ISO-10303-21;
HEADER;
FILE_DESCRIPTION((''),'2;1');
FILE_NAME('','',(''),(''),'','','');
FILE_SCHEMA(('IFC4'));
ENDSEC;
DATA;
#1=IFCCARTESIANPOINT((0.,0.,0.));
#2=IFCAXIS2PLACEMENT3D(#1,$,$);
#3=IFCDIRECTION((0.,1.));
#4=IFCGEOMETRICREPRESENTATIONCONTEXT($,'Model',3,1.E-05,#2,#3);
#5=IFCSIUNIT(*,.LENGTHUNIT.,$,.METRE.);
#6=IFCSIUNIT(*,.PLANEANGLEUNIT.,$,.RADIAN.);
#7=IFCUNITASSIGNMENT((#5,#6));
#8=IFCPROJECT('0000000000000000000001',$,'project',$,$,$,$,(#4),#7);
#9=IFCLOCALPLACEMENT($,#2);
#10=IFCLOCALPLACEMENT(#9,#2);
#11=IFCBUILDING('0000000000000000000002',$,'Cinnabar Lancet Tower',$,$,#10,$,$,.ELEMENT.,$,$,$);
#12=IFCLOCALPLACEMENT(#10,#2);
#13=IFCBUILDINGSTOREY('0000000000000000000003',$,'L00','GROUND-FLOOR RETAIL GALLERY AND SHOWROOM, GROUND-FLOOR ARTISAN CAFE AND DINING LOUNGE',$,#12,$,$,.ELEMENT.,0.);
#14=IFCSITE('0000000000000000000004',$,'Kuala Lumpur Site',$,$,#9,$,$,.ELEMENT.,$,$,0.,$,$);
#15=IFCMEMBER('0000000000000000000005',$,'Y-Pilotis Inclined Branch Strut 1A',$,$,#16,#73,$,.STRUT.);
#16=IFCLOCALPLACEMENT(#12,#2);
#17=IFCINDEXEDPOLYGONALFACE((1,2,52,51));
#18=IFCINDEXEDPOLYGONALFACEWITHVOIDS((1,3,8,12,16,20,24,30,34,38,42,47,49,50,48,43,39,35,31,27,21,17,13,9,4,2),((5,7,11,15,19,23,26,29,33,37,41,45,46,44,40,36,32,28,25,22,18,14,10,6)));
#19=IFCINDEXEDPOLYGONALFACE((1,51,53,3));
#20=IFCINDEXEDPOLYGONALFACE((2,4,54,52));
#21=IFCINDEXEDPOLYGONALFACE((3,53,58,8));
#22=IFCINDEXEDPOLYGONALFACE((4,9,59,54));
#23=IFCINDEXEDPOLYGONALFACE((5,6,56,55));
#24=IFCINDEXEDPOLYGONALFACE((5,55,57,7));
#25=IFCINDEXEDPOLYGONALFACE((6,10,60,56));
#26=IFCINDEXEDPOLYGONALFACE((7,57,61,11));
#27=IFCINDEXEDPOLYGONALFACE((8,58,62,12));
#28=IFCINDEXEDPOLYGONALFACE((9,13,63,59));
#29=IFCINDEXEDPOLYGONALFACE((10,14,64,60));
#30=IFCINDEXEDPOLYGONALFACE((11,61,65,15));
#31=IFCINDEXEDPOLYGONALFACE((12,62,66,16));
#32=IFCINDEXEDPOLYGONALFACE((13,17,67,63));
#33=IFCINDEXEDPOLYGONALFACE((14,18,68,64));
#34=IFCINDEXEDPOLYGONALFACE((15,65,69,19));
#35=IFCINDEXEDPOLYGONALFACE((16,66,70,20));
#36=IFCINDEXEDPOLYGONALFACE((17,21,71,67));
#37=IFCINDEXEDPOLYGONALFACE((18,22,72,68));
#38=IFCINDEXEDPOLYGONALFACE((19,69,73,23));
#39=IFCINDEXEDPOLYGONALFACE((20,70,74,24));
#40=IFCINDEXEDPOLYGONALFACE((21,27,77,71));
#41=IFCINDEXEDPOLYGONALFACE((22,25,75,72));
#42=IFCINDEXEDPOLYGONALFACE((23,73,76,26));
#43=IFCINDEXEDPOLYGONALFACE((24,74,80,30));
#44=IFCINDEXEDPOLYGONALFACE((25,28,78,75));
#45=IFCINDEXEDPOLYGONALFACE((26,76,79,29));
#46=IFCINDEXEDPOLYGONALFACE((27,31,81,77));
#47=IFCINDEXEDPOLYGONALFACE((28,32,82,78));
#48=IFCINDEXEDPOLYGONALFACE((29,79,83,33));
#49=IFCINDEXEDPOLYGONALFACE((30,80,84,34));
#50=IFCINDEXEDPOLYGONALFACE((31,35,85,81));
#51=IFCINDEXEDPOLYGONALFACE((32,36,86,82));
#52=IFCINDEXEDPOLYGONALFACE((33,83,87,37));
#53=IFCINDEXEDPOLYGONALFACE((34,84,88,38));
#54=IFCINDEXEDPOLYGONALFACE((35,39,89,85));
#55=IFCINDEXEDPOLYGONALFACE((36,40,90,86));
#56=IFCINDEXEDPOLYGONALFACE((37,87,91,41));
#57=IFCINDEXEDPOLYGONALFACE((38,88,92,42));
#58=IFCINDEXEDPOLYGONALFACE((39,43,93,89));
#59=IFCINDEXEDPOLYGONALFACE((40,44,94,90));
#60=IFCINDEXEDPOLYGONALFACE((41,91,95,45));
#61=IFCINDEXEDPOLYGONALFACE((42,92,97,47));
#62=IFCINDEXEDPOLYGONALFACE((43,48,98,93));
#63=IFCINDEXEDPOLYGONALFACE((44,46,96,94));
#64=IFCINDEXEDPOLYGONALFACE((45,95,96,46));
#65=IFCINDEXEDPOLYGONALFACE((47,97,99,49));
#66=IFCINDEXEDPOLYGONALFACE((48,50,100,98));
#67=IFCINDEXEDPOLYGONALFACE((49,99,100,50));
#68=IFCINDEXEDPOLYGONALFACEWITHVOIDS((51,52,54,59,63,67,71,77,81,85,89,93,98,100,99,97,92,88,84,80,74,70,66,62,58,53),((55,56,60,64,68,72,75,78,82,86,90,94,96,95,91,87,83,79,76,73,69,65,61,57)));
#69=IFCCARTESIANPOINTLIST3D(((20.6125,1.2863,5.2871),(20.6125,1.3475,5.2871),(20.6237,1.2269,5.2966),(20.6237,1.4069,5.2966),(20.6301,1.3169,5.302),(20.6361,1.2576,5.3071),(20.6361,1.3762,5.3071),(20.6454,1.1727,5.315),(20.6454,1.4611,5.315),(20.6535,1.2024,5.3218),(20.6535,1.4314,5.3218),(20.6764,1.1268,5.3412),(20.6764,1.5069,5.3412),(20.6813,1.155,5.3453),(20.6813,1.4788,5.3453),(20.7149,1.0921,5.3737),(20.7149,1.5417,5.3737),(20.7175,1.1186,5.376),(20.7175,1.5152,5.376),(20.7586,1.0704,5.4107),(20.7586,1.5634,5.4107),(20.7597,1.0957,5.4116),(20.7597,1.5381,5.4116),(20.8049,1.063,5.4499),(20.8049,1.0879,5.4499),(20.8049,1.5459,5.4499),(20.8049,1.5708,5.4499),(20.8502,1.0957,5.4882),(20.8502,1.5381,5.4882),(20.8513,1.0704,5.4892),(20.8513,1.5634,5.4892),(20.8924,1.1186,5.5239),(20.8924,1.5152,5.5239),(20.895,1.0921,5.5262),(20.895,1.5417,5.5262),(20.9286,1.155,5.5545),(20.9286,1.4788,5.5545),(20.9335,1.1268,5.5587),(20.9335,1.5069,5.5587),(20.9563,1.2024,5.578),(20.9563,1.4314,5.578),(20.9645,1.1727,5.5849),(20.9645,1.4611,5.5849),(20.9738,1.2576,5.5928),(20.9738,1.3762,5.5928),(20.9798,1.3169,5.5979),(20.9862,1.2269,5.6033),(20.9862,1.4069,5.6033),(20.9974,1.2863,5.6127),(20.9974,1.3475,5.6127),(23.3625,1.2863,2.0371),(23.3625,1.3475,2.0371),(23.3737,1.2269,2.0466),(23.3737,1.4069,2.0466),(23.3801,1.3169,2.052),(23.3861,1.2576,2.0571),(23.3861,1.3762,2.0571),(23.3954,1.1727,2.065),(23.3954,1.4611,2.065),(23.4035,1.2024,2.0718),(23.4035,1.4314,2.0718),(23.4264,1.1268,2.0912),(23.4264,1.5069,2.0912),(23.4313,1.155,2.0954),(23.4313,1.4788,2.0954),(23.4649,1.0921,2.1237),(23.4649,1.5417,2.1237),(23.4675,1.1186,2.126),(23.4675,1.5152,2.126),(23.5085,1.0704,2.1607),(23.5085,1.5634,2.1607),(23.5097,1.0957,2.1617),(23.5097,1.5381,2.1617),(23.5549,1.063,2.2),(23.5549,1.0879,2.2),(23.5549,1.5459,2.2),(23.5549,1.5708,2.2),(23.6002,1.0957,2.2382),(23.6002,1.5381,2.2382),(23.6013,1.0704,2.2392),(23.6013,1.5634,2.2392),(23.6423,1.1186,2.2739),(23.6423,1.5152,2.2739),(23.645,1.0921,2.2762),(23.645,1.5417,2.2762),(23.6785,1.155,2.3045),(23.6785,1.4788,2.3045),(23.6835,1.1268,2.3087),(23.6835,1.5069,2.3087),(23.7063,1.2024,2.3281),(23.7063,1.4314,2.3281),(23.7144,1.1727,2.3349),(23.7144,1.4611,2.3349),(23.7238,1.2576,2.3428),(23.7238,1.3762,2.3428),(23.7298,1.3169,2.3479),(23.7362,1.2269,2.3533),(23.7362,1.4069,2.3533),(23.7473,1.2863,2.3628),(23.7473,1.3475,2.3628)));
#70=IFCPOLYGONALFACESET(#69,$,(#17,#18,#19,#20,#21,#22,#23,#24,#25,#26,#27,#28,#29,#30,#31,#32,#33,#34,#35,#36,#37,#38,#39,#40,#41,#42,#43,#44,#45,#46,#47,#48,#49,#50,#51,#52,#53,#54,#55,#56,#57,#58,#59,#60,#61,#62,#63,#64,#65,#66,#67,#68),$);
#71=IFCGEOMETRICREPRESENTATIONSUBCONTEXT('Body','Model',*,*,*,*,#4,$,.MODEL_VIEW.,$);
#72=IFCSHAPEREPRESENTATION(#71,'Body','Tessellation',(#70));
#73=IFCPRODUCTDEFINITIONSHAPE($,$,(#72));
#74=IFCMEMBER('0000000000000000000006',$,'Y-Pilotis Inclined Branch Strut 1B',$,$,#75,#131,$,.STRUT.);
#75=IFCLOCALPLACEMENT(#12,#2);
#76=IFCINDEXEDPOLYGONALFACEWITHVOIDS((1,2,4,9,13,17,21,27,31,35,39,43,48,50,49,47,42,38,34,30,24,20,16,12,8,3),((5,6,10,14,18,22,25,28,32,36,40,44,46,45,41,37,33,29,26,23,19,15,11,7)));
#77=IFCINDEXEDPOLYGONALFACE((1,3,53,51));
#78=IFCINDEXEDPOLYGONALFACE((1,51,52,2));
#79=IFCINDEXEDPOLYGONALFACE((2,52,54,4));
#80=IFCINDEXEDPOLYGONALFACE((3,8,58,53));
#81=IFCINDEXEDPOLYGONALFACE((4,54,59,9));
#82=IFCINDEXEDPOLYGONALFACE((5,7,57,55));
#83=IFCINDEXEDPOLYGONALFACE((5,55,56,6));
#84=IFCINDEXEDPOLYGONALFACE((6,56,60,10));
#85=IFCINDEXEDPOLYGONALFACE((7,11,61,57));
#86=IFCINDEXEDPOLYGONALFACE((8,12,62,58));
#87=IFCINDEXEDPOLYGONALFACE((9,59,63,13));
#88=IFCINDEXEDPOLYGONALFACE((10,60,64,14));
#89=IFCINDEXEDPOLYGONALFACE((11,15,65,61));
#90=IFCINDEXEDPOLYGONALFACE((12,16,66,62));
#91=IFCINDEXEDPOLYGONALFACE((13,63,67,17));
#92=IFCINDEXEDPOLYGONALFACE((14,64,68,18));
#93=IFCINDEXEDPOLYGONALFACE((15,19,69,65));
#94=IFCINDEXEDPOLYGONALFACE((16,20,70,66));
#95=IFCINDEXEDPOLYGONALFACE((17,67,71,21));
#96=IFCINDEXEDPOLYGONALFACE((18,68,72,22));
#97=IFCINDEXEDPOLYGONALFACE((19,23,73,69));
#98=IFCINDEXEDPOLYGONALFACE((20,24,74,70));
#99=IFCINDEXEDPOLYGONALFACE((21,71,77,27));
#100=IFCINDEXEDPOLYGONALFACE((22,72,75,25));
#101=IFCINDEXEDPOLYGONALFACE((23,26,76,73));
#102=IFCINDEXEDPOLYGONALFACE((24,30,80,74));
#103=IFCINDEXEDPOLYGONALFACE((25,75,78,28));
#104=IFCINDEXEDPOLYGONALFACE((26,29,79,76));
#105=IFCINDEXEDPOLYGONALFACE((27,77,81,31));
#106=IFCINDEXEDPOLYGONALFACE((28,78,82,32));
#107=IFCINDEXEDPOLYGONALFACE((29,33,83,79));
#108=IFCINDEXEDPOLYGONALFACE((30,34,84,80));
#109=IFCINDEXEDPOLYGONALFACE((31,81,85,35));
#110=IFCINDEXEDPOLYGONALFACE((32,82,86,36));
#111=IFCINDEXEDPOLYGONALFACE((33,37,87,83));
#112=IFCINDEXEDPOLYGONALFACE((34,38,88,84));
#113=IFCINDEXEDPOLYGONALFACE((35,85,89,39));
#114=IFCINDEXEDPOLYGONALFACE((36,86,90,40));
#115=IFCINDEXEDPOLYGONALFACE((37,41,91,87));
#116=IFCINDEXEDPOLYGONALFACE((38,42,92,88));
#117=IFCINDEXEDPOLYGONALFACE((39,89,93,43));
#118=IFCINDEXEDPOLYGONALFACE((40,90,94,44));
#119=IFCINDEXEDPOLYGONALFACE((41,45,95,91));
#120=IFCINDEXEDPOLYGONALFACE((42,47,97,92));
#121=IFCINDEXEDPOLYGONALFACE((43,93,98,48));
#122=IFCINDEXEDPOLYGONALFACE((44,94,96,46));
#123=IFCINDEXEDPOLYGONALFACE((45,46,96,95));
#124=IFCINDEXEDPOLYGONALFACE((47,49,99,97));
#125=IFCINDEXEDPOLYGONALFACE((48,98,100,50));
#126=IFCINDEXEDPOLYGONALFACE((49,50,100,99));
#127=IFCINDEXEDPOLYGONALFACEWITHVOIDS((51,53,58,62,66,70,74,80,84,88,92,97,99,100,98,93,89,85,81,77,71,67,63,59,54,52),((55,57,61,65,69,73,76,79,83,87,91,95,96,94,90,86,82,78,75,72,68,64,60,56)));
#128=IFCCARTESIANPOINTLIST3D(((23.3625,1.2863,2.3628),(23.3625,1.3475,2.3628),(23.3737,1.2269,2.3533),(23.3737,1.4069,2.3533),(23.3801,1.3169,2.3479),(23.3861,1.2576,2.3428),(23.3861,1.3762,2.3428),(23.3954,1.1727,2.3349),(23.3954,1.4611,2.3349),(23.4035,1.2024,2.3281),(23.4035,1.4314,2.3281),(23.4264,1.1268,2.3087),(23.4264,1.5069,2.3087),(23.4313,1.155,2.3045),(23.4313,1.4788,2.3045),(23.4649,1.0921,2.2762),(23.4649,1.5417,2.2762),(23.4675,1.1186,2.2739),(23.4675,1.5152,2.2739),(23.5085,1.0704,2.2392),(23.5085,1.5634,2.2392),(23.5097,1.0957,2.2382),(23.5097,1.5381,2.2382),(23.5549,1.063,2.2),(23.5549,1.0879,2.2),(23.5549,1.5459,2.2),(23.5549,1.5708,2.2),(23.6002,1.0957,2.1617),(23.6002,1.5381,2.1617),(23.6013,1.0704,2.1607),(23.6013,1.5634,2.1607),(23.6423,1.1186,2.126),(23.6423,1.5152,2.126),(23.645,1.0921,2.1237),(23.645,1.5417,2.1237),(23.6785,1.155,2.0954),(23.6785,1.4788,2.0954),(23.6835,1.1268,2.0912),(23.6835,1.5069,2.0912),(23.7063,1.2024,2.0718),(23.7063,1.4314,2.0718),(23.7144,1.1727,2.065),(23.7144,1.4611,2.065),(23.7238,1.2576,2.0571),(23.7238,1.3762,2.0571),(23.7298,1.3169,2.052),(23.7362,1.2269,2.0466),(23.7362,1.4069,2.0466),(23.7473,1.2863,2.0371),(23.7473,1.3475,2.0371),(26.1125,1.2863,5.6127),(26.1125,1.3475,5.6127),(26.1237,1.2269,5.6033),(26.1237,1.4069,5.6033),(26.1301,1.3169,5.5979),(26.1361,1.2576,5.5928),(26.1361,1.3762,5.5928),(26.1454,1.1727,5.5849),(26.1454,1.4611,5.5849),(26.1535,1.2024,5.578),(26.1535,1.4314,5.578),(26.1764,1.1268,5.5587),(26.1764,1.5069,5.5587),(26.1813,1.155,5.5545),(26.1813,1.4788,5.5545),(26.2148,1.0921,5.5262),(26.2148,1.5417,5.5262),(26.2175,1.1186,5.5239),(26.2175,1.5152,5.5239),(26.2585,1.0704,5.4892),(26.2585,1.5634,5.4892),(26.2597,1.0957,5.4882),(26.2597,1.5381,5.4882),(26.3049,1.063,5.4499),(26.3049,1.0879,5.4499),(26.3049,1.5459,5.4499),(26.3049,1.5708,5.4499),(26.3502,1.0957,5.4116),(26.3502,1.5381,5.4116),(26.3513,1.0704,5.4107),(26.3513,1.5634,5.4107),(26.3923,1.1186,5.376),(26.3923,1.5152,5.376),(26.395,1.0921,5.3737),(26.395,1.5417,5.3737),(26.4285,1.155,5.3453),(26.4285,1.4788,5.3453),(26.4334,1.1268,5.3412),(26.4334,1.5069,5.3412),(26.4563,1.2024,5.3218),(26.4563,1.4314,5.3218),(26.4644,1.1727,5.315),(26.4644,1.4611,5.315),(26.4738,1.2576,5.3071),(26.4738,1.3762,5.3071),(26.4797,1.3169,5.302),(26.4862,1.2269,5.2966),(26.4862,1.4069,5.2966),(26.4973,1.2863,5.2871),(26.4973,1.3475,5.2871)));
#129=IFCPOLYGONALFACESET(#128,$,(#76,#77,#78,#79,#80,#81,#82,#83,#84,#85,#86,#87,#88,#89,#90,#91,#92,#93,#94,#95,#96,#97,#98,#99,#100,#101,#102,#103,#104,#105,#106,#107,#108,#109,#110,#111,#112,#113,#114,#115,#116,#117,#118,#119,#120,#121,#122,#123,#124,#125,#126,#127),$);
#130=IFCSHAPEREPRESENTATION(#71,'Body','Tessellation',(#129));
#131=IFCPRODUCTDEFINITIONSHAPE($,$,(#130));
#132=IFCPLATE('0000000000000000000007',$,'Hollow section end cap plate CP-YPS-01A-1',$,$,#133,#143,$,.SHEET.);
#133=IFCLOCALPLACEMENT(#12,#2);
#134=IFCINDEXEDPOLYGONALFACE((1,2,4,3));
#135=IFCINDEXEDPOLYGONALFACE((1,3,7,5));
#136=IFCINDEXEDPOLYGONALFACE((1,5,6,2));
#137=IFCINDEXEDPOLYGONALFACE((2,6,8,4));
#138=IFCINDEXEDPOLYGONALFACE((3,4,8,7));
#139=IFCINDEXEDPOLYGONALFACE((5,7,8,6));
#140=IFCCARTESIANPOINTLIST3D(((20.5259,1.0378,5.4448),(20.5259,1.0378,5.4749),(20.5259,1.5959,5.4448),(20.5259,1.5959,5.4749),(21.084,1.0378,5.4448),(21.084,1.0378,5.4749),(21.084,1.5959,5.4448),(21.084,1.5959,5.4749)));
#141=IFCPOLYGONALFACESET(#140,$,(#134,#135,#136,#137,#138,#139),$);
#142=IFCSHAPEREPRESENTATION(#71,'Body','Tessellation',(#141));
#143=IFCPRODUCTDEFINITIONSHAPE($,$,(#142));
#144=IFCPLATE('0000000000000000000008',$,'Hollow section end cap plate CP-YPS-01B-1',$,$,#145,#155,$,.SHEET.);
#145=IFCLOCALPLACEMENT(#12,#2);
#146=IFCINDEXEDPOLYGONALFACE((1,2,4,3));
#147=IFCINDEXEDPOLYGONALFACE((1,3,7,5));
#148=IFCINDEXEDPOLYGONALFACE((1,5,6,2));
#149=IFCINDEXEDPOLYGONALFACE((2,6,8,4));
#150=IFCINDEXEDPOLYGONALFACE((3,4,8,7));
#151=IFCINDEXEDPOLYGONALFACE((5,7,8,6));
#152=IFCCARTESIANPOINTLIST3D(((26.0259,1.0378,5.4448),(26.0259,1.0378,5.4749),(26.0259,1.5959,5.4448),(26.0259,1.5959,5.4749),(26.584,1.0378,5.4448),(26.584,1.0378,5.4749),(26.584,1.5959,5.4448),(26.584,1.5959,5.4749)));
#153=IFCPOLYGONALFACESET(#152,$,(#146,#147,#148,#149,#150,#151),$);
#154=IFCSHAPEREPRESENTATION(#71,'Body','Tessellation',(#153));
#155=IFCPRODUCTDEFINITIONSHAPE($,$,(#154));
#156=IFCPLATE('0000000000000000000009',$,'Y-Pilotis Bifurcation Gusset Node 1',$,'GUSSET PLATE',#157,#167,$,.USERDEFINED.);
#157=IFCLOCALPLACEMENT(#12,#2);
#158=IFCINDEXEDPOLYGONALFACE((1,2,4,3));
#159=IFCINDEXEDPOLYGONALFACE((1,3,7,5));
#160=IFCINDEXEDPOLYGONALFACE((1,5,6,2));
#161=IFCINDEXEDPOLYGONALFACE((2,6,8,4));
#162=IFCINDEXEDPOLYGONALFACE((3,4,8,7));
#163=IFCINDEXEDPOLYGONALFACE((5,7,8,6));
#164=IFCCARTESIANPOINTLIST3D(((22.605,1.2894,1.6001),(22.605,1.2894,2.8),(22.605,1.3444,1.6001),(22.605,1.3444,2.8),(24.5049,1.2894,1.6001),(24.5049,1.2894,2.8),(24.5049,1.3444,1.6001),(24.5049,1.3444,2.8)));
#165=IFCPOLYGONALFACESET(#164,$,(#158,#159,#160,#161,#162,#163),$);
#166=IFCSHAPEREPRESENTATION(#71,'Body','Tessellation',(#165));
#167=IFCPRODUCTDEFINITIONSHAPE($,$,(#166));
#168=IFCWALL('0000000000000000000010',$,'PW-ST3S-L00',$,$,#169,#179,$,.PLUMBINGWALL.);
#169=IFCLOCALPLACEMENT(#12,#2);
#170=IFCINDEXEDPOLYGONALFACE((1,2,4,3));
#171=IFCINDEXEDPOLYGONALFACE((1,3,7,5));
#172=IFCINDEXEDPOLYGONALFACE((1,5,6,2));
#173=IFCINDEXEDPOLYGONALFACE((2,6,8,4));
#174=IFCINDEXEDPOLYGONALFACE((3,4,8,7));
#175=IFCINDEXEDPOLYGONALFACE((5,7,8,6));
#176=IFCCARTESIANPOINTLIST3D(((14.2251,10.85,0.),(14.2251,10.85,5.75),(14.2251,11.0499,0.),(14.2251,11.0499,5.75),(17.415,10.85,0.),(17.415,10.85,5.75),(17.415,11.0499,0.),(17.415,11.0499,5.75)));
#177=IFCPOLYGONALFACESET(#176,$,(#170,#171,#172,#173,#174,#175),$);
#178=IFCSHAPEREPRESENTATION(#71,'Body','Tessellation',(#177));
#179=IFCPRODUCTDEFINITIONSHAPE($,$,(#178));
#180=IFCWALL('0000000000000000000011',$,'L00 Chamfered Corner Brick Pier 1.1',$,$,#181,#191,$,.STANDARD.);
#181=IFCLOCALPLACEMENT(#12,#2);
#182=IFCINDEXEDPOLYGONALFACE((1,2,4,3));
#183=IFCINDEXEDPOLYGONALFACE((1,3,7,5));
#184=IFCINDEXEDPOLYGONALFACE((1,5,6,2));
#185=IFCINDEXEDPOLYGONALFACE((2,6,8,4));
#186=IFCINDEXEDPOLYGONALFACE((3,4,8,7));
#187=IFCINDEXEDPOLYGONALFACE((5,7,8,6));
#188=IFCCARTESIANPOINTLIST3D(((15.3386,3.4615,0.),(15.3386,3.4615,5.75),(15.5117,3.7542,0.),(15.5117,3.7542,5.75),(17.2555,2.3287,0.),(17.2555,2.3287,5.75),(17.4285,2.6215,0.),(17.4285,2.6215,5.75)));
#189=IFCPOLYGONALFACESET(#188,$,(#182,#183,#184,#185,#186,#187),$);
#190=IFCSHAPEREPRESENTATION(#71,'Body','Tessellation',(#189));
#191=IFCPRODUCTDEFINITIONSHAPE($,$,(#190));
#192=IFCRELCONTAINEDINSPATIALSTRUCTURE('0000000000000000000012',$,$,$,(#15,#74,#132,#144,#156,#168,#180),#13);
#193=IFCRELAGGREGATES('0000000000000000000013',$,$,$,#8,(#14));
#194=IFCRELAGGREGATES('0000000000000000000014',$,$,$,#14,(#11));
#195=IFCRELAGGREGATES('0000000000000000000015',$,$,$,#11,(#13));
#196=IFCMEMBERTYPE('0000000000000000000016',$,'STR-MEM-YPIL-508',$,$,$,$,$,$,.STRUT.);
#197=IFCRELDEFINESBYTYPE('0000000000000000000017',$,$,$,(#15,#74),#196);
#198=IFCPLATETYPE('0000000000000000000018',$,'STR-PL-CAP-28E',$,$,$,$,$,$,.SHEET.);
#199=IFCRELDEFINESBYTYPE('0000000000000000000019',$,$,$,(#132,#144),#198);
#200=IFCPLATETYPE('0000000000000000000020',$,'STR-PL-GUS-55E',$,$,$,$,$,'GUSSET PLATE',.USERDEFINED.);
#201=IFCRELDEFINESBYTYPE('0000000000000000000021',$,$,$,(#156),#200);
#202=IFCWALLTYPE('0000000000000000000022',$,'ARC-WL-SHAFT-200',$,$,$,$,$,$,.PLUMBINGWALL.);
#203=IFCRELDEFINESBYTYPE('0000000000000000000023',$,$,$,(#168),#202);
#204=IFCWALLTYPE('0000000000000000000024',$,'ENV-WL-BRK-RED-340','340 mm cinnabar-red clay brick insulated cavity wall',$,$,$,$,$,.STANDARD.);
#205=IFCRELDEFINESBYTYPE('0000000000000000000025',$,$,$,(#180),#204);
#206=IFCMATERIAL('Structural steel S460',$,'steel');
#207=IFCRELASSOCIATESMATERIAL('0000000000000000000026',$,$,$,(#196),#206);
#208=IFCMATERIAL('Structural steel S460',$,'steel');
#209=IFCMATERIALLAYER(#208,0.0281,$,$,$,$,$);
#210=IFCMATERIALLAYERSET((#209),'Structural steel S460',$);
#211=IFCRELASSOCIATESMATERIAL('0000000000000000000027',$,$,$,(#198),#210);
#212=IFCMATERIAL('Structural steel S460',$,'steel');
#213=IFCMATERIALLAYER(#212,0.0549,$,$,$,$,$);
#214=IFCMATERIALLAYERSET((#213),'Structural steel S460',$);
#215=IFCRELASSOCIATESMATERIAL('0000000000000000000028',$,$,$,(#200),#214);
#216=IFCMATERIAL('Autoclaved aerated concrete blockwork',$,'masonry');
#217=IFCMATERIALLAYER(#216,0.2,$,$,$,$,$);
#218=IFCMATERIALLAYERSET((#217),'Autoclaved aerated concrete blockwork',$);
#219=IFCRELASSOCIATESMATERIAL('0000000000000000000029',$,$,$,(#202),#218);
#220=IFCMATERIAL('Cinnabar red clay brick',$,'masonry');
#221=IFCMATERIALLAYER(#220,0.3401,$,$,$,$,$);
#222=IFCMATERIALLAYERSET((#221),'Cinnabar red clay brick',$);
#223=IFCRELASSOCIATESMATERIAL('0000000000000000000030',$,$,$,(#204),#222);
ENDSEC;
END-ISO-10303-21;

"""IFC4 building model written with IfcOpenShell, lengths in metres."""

from ifc_helpers import new_model, si_unit, direction, frame, frame_2d, origin, origin_2d, place, context, subcontext, project, spatial, rectangle, hollow_circle, extrude, material, layer, layer_set, material_profile, profile_set, type_object, element, save


model = new_model("IFC4")

# Units and contexts
model_context = context("Model", 3, precision=1e-05, world=origin(), true_north=direction((0.0, 1.0)))
body_context = subcontext(model_context, "Body", "Model", "MODEL_VIEW")
ifc_project = project(units=[si_unit("LENGTHUNIT", "METRE"), si_unit("PLANEANGLEUNIT", "RADIAN")], contexts=[model_context])

# Site, building, storey
site_placement = place(None, origin())
site = spatial("IfcSite", under=ifc_project, at=site_placement, Name="Kuala Lumpur Site", CompositionType="ELEMENT", RefElevation=0.0)
building_placement = place(site_placement, origin())
building = spatial("IfcBuilding", under=site, at=building_placement, Name="Cinnabar Lancet Tower", CompositionType="ELEMENT")
storey_placement = place(building_placement, origin())
storey = spatial("IfcBuildingStorey", under=building, at=storey_placement, Name="L00", Description="GROUND-FLOOR RETAIL GALLERY AND SHOWROOM, GROUND-FLOOR ARTISAN CAFE AND DINING LOUNGE", CompositionType="ELEMENT", Elevation=0.0)

# Members
ifc_material_1 = material(Name="Structural steel S460", Category="steel")
ifc_material_profile_1 = material_profile(ifc_material_1, hollow_circle(Radius=0.2539, WallThickness=0.0249, at=origin_2d()), Name="CHS 508x25")
ifc_profile_set_1 = profile_set([ifc_material_profile_1], Name="Structural steel S460")
member_type_1 = type_object("IfcMemberType", Name="STR-MEM-YPIL-508", PredefinedType="STRUT", material=ifc_profile_set_1)
for number, where, z_axis, x_axis, name in (
    (1, (23.5549, 1.3169, 2.2), (-0.645942, 0.0, 0.763386), (0.0, -1.0, 0.0), "Y-Pilotis Inclined Branch Strut 1A"),
    (2, (23.5549, 1.3169, 2.2), (0.645942, 0.0, 0.763386), (0.0, 1.0, 0.0), "Y-Pilotis Inclined Branch Strut 1B"),
):
    element("IfcMember", number, at=place(storey_placement, frame(where, z_axis=z_axis, x_axis=x_axis)), inside=storey, type_object=member_type_1, Name=name, PredefinedType="STRUT", context=body_context, shape_type="SweptSolid", body=[
        extrude(hollow_circle(Radius=0.2539, WallThickness=0.0249, at=origin_2d()), origin(), (0.0, 0.0, 1.0), 4.2573),
    ])

# Plates
ifc_material_2 = material(Name="Structural steel S460", Category="steel")
ifc_layer_1 = layer(ifc_material_2, 0.0281)
ifc_layer_set_1 = layer_set([ifc_layer_1], Name="Structural steel S460")
plate_type_1 = type_object("IfcPlateType", Name="STR-PL-CAP-28E", PredefinedType="SHEET", material=ifc_layer_set_1)
for number, where, z_axis, x_axis, name in (
    (3, (20.8049, 1.3169, 5.4448), (0.0, 0.0, 1.0), (-1.0, 0.0, 0.0), "Hollow section end cap plate CP-YPS-01A-1"),
    (4, (26.3049, 1.3169, 5.4448), (0.0, 0.0, 1.0), (1.0, 0.0, 0.0), "Hollow section end cap plate CP-YPS-01B-1"),
):
    element("IfcPlate", number, at=place(storey_placement, frame(where, z_axis=z_axis, x_axis=x_axis)), inside=storey, type_object=plate_type_1, Name=name, PredefinedType="SHEET", context=body_context, shape_type="SweptSolid", body=[
        extrude(rectangle(XDim=0.5581, YDim=0.5581, at=origin_2d()), origin(), (0.0, 0.0, 1.0), 0.03),
    ])
ifc_material_3 = material(Name="Structural steel S460", Category="steel")
ifc_layer_2 = layer(ifc_material_3, 0.0549)
ifc_layer_set_2 = layer_set([ifc_layer_2], Name="Structural steel S460")
plate_type_2 = type_object("IfcPlateType", Name="STR-PL-GUS-55E", ElementType="GUSSET PLATE", PredefinedType="USERDEFINED", material=ifc_layer_set_2)
plate_placement = place(storey_placement, frame((23.5549, 1.3169, 1.6001), z_axis=(0.0, 0.0, 1.0), x_axis=(1.0, 0.0, 0.0)))
element("IfcPlate", 5, at=plate_placement, inside=storey, type_object=plate_type_2, Name="Y-Pilotis Bifurcation Gusset Node 1", ObjectType="GUSSET PLATE", PredefinedType="USERDEFINED", context=body_context, shape_type="SweptSolid", body=[
    extrude(rectangle(XDim=1.8999, YDim=0.0549, at=origin_2d()), origin(), (0.0, 0.0, 1.0), 1.2),
])

# Walls
ifc_material_4 = material(Name="Autoclaved aerated concrete blockwork", Category="masonry")
ifc_layer_3 = layer(ifc_material_4, 0.2)
ifc_layer_set_3 = layer_set([ifc_layer_3], Name="Autoclaved aerated concrete blockwork")
wall_type_1 = type_object("IfcWallType", Name="ARC-WL-SHAFT-200", PredefinedType="PLUMBINGWALL", material=ifc_layer_set_3)
wall_1_placement = place(storey_placement, frame((14.2251, 10.95, 0.0), z_axis=(0.0, 0.0, 1.0), x_axis=(1.0, 0.0, 0.0)))
element("IfcWall", 6, at=wall_1_placement, inside=storey, type_object=wall_type_1, Name="PW-ST3S-L00", PredefinedType="PLUMBINGWALL", context=body_context, shape_type="SweptSolid", body=[
    extrude(rectangle(XDim=3.1899, YDim=0.2, at=frame_2d((1.595, 0.0))), origin(), (0.0, 0.0, 1.0), 5.75),
])
ifc_material_5 = material(Name="Cinnabar red clay brick", Category="masonry")
ifc_layer_4 = layer(ifc_material_5, 0.3401)
ifc_layer_set_4 = layer_set([ifc_layer_4], Name="Cinnabar red clay brick")
wall_type_2 = type_object("IfcWallType", Name="ENV-WL-BRK-RED-340", Description="340 mm cinnabar-red clay brick insulated cavity wall", PredefinedType="STANDARD", material=ifc_layer_set_4)
wall_2_placement = place(storey_placement, frame((17.342, 2.4751, 0.0), z_axis=(0.0, 0.0, 1.0), x_axis=(-0.860918, 0.508744, 0.0)))
element("IfcWall", 7, at=wall_2_placement, inside=storey, type_object=wall_type_2, Name="L00 Chamfered Corner Brick Pier 1.1", PredefinedType="STANDARD", context=body_context, shape_type="SweptSolid", body=[
    extrude(rectangle(XDim=2.2266, YDim=0.3401, at=frame_2d((1.1133, 0.0))), origin(), (0.0, 0.0, 1.0), 5.75),
])

save(model, "model.ifc")
